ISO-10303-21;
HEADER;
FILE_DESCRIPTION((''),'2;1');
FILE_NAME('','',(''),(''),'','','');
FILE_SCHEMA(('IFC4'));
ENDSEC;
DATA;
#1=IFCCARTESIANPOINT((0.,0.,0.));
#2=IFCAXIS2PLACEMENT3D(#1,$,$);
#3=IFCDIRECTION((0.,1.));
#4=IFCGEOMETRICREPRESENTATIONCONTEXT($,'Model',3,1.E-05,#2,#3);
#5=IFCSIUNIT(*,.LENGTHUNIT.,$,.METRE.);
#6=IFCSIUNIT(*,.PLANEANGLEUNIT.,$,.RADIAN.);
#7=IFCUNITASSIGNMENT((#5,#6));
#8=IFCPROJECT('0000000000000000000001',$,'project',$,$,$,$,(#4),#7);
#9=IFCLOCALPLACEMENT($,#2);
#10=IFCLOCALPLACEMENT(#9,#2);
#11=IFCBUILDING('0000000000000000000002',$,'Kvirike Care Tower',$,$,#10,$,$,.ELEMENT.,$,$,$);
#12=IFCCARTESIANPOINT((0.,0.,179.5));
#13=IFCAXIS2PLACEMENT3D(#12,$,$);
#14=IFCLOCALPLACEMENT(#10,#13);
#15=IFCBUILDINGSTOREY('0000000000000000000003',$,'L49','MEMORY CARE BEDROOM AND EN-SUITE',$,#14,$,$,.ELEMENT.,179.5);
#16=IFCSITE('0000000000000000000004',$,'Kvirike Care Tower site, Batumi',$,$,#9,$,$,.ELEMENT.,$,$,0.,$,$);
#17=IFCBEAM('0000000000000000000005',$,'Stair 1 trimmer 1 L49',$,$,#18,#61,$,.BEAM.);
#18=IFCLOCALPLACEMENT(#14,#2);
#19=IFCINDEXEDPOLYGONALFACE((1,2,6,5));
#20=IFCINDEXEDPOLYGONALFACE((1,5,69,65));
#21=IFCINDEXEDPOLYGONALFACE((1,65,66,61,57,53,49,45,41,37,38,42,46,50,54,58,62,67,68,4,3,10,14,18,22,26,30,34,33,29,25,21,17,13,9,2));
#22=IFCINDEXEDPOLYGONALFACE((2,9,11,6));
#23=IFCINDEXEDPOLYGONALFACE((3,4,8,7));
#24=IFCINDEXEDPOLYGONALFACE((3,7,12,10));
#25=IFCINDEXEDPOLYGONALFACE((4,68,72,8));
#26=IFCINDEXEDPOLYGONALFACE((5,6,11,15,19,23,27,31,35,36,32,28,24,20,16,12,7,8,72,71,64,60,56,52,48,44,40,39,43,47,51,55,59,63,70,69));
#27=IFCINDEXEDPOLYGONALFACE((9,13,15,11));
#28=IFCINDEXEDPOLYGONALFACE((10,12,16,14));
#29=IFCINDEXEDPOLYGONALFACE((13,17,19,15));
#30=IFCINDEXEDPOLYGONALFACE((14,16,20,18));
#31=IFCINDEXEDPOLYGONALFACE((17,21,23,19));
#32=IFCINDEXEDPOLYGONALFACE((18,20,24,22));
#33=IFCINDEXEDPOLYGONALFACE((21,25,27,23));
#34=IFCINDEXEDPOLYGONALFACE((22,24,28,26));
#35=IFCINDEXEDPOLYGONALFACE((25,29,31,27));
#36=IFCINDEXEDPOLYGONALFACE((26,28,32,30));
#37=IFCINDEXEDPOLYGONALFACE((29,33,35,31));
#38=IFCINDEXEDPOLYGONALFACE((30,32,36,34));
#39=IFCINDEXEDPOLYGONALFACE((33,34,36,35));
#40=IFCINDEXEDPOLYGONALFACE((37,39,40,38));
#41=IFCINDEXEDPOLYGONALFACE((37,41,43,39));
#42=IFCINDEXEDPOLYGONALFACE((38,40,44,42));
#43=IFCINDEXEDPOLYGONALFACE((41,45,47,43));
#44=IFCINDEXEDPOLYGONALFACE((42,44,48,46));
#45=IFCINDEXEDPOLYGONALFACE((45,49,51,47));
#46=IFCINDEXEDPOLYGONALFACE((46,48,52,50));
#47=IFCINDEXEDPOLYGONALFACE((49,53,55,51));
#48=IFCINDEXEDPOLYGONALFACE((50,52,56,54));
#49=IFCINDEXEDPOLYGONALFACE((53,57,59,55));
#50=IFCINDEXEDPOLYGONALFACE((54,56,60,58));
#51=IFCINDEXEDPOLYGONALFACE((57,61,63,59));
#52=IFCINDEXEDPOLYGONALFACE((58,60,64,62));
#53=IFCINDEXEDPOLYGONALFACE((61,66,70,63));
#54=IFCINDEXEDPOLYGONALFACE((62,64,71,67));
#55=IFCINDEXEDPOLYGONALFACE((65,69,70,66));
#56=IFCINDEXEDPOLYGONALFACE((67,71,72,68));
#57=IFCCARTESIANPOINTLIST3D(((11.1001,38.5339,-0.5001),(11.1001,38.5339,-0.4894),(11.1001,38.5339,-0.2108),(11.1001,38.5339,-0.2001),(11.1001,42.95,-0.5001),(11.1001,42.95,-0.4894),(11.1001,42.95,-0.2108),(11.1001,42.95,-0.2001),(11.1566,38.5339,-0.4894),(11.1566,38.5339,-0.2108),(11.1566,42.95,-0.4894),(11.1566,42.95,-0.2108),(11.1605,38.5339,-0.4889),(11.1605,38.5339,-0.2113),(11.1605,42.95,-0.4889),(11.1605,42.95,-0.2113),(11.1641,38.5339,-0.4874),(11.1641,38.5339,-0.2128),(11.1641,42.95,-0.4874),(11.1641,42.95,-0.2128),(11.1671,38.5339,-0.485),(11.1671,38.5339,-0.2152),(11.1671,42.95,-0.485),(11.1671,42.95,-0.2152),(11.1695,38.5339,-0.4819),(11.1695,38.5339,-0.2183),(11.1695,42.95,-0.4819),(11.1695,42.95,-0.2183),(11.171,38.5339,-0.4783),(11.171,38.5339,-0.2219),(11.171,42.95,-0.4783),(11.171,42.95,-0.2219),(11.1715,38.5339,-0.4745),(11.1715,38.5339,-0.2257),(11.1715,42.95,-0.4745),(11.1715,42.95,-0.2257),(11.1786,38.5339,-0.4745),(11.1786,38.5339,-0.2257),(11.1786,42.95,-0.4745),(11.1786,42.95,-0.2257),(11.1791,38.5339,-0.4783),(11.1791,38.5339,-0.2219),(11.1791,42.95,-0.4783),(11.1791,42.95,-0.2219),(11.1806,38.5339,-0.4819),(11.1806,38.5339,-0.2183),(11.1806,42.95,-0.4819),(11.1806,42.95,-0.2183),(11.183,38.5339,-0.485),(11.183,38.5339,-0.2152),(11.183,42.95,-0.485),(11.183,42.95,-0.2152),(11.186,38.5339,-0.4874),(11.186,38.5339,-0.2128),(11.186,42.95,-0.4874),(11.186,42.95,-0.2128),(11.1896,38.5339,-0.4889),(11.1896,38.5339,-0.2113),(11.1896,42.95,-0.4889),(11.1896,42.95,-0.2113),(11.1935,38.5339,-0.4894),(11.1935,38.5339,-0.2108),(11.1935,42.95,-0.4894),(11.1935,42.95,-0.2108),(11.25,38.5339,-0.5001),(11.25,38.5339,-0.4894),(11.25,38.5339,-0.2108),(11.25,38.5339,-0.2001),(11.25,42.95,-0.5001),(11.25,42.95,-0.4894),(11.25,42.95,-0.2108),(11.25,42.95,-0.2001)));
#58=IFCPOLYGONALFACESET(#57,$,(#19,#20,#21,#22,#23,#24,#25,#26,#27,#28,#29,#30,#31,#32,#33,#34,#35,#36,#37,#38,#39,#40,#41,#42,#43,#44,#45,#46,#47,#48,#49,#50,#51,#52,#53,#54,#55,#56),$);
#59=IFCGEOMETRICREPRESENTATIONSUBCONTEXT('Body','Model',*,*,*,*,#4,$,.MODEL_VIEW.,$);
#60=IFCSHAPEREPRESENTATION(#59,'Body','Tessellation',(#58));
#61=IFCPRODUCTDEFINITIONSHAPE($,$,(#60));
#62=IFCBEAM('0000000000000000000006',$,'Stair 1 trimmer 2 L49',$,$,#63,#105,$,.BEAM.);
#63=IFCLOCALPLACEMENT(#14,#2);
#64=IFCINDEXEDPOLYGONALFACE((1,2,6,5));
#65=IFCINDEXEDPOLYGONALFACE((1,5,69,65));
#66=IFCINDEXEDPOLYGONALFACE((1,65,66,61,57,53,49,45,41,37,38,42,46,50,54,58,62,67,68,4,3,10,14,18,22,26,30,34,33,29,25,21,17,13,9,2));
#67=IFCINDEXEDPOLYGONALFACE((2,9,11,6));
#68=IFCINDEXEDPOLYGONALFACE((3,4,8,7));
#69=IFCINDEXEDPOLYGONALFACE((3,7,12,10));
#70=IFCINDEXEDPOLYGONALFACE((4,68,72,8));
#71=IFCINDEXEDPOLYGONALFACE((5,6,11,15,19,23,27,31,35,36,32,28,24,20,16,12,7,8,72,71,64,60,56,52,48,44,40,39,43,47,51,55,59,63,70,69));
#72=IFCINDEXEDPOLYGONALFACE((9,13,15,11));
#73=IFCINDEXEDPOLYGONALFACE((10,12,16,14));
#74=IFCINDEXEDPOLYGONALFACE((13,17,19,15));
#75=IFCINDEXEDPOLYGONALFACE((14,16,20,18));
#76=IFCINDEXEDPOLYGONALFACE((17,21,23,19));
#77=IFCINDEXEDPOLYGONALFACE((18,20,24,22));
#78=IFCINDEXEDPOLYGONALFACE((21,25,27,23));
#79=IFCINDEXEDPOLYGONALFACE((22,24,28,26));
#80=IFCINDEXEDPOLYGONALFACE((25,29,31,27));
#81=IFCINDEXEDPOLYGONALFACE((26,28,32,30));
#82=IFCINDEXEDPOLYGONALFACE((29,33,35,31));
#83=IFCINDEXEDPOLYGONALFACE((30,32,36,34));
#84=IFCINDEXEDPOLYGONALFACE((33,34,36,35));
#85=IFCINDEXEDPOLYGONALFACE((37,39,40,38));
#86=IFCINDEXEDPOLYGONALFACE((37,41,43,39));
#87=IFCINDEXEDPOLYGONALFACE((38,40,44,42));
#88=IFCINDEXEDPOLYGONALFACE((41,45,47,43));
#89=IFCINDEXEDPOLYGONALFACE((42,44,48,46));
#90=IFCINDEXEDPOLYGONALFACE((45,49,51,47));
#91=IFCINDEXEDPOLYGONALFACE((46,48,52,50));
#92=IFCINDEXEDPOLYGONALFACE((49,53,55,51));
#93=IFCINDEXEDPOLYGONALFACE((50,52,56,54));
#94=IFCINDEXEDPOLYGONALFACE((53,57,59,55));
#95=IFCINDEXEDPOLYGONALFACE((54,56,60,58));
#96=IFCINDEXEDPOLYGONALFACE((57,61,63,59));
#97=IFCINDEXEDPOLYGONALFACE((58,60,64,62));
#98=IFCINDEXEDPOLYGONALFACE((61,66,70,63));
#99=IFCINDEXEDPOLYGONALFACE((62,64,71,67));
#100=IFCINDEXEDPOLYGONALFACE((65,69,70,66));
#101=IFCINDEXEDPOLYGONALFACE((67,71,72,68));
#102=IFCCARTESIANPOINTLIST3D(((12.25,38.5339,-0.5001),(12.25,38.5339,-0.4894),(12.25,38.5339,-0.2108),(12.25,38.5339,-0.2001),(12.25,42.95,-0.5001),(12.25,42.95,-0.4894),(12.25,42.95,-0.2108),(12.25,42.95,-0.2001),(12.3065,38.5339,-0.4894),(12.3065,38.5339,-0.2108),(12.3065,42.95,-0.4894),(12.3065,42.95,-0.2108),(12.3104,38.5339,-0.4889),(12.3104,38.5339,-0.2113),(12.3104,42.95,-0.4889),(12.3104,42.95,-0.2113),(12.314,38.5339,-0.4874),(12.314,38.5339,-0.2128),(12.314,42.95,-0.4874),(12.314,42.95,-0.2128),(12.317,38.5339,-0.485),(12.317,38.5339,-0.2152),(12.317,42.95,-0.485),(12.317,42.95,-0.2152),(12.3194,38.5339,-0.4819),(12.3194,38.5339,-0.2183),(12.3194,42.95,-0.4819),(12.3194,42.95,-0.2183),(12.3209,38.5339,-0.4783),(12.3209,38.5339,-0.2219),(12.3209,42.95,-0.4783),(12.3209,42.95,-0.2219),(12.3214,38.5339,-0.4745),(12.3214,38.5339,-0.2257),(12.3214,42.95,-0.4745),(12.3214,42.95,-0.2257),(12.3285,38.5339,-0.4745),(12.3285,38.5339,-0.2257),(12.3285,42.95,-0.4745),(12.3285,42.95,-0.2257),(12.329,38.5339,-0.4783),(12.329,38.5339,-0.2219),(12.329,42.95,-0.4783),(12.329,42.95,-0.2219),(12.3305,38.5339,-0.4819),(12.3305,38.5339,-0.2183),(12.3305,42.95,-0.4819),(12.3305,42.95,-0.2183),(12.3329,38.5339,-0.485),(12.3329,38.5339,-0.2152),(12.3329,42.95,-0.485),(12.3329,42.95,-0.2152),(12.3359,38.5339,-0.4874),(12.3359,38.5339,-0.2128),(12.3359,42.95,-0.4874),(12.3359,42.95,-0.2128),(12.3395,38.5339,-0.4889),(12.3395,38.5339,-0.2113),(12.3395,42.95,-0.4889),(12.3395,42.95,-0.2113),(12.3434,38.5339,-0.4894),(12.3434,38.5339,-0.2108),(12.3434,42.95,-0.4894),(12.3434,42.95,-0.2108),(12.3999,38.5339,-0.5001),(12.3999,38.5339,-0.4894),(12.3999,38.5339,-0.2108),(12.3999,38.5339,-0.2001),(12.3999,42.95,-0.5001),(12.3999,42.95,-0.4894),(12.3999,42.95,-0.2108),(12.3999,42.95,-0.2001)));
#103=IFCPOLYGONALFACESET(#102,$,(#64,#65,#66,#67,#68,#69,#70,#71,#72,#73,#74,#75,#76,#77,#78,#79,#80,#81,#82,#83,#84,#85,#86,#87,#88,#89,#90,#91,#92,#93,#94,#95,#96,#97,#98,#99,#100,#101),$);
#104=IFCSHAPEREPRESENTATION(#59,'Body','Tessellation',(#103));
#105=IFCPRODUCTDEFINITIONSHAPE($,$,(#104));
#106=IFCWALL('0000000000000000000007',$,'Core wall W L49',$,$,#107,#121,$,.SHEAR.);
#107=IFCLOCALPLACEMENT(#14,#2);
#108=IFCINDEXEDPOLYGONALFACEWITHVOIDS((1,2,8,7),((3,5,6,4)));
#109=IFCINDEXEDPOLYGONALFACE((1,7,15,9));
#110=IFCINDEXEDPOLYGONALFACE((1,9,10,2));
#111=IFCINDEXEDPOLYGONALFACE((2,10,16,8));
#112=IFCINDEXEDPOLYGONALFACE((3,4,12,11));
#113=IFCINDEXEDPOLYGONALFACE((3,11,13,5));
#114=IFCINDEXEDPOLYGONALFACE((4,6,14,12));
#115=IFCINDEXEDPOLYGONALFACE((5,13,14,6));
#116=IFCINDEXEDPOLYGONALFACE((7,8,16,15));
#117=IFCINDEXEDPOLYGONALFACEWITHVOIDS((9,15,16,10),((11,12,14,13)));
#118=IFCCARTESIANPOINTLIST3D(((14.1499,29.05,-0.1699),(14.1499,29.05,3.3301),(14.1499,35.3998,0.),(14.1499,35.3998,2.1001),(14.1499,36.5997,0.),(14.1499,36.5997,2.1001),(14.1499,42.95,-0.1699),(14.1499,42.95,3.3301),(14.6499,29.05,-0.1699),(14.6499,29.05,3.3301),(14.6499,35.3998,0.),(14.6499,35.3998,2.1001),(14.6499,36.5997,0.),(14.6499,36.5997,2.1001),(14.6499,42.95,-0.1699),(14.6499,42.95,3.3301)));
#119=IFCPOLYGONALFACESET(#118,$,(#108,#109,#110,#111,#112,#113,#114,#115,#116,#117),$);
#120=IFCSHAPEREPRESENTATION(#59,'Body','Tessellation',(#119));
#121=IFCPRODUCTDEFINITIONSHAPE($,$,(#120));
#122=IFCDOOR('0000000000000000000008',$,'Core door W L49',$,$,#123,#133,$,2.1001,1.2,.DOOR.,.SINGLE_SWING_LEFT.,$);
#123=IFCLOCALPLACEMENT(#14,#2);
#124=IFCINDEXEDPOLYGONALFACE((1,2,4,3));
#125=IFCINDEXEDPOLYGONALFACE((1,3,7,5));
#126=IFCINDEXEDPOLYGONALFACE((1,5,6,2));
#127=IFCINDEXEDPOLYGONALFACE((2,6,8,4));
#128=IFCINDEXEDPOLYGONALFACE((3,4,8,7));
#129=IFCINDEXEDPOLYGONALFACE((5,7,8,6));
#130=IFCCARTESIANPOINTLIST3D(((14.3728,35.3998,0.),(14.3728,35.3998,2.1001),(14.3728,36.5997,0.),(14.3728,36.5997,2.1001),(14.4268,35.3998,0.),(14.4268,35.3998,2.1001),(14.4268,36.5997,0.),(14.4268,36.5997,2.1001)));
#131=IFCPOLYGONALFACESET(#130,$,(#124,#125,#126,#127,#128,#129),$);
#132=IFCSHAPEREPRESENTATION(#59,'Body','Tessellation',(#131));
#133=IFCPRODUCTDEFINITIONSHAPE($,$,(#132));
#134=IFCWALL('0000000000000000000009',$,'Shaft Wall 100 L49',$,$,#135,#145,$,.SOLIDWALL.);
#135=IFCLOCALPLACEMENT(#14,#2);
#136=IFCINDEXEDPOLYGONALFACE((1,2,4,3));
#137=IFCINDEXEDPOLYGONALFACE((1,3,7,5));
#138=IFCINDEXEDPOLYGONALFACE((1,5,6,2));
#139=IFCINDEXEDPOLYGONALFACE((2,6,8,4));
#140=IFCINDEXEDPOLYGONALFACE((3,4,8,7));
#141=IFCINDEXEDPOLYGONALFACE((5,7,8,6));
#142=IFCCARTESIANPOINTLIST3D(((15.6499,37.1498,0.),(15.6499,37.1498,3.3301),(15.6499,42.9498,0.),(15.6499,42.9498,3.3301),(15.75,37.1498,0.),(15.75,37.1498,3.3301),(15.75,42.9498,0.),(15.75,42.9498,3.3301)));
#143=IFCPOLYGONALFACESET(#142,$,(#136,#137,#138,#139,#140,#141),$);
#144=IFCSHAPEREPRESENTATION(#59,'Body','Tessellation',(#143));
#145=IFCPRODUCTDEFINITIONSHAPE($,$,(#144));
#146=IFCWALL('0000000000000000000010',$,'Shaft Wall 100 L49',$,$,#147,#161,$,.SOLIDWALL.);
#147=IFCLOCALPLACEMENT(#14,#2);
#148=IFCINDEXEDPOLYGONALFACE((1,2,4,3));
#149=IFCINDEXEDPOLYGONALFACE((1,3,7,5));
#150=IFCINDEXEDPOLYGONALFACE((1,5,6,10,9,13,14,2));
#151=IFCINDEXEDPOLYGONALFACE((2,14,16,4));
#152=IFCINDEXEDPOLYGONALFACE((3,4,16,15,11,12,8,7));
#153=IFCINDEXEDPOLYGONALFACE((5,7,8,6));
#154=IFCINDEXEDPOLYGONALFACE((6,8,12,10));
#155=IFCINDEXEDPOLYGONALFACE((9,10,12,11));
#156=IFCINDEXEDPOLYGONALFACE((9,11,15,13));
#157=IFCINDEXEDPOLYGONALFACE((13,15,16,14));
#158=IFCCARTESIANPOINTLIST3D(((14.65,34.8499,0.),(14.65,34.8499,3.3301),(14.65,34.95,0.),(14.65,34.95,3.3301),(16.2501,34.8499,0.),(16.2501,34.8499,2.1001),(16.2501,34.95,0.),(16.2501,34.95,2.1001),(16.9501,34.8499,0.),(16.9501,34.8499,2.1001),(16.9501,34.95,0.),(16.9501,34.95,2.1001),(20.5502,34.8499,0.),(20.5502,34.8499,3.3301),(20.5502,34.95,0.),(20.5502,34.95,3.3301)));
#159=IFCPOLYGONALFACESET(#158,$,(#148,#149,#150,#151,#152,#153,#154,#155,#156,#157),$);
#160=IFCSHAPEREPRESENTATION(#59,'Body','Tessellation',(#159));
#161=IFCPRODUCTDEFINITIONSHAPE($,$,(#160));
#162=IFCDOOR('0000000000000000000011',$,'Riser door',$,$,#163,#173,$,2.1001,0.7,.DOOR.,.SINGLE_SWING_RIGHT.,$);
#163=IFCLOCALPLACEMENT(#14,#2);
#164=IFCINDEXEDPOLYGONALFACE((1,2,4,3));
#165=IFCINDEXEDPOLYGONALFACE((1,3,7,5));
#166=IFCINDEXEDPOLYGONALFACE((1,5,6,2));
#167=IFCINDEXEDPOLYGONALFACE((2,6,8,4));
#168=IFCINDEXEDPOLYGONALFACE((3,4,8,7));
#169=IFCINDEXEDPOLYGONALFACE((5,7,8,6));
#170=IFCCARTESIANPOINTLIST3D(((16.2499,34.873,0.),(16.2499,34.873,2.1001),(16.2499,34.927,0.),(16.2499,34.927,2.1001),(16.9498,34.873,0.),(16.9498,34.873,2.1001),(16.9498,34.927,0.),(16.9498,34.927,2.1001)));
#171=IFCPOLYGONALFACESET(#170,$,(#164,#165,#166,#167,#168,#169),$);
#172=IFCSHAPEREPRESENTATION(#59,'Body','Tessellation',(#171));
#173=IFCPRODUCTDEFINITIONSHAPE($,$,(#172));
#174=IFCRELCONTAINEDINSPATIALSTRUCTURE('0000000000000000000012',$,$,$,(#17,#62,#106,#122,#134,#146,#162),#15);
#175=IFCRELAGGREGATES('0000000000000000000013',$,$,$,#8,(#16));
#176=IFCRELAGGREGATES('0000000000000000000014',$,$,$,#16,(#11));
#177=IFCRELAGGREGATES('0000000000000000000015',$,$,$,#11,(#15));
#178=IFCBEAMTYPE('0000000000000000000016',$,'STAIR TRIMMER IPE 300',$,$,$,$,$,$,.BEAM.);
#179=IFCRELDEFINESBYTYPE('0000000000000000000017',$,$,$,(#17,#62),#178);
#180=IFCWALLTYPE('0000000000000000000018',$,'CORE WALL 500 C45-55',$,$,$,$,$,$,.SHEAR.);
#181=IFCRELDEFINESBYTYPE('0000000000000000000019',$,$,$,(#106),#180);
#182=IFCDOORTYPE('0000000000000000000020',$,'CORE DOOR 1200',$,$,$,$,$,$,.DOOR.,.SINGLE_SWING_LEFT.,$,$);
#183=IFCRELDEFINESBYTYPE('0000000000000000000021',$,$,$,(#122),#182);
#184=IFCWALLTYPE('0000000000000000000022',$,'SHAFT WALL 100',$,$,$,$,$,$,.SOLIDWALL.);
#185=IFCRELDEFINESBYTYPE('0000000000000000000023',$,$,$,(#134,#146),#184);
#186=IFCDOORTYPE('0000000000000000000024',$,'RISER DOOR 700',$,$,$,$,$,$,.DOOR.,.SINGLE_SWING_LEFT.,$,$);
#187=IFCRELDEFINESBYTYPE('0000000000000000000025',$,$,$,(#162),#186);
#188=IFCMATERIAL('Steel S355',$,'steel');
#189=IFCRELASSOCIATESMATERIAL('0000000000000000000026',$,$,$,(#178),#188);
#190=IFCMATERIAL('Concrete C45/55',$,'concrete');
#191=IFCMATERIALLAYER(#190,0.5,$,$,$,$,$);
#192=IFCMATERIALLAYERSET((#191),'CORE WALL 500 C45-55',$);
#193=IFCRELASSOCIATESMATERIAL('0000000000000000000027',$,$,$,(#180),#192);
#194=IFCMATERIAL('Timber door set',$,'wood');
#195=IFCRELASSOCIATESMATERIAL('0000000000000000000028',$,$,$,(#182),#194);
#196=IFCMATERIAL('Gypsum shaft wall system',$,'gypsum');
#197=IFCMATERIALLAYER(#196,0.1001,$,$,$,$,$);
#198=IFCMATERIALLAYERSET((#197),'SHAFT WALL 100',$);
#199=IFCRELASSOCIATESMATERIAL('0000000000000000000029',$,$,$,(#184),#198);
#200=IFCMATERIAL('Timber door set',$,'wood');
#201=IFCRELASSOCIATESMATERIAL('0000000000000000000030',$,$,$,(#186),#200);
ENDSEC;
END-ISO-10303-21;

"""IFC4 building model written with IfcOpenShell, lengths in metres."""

from ifc_helpers import new_model, si_unit, direction, frame, frame_2d, origin, origin_2d, place, context, subcontext, project, spatial, rectangle, i_section, extrude, material, layer, layer_set, material_profile, profile_set, type_object, element, fill, save


model = new_model("IFC4")

# Units and contexts
model_context = context("Model", 3, precision=1e-05, world=origin(), true_north=direction((0.0, 1.0)))
body_context = subcontext(model_context, "Body", "Model", "MODEL_VIEW")
ifc_project = project(units=[si_unit("LENGTHUNIT", "METRE"), si_unit("PLANEANGLEUNIT", "RADIAN")], contexts=[model_context])

# Site, building, storey
site_placement = place(None, origin())
site = spatial("IfcSite", under=ifc_project, at=site_placement, Name="Kvirike Care Tower site, Batumi", CompositionType="ELEMENT", RefElevation=0.0)
building_placement = place(site_placement, origin())
building = spatial("IfcBuilding", under=site, at=building_placement, Name="Kvirike Care Tower", CompositionType="ELEMENT")
storey_placement = place(building_placement, frame((0.0, 0.0, 179.5)))
storey = spatial("IfcBuildingStorey", under=building, at=storey_placement, Name="L49", Description="MEMORY CARE BEDROOM AND EN-SUITE", CompositionType="ELEMENT", Elevation=179.5)

# Beams
ifc_material_1 = material(Name="Steel S355", Category="steel")
ifc_material_profile_1 = material_profile(ifc_material_1, i_section(OverallWidth=0.1499, OverallDepth=0.3, WebThickness=0.0071, FlangeThickness=0.0107, FilletRadius=0.0149, at=origin_2d()), Name="IPE 300")
ifc_profile_set_1 = profile_set([ifc_material_profile_1], Name="Steel S355")
beam_type_1 = type_object("IfcBeamType", Name="STAIR TRIMMER IPE 300", PredefinedType="BEAM", material=ifc_profile_set_1)
for number, where, z_axis, x_axis, name in (
    (1, (11.175, 42.95, -0.3501), (0.0, -1.0, 0.0), (1.0, 0.0, 0.0), "Stair 1 trimmer 1 L49"),
    (2, (12.325, 42.95, -0.3501), (0.0, -1.0, 0.0), (1.0, 0.0, 0.0), "Stair 1 trimmer 2 L49"),
):
    element("IfcBeam", number, at=place(storey_placement, frame(where, z_axis=z_axis, x_axis=x_axis)), inside=storey, type_object=beam_type_1, Name=name, PredefinedType="BEAM", context=body_context, shape_type="SweptSolid", body=[
        extrude(i_section(OverallWidth=0.1499, OverallDepth=0.3, WebThickness=0.0071, FlangeThickness=0.0107, FilletRadius=0.0149, at=origin_2d()), origin(), (0.0, 0.0, 1.0), 4.416),
    ])

# Wall, opening, door
ifc_material_2 = material(Name="Concrete C45/55", Category="concrete")
ifc_layer_1 = layer(ifc_material_2, 0.5)
ifc_layer_set_1 = layer_set([ifc_layer_1], Name="CORE WALL 500 C45-55")
wall_type_1 = type_object("IfcWallType", Name="CORE WALL 500 C45-55", PredefinedType="SHEAR", material=ifc_layer_set_1)
wall_1_placement = place(storey_placement, frame((14.3999, 42.95, -0.1699), z_axis=(0.0, 0.0, 1.0), x_axis=(0.0, -1.0, 0.0)))
wall_1 = element("IfcWall", 3, at=wall_1_placement, inside=storey, type_object=wall_type_1, Name="Core wall W L49", PredefinedType="SHEAR", context=body_context, shape_type="SweptSolid", body=[
    extrude(rectangle(XDim=13.8999, YDim=0.5, at=frame_2d((6.95, 0.0))), origin(), (0.0, 0.0, 1.0), 3.5),
])
opening_1_placement = place(wall_1_placement, frame((6.3501, 0.0, 0.1699)))
opening_1 = element("IfcOpeningElement", 4, at=opening_1_placement, cuts=wall_1, PredefinedType="OPENING", context=body_context, shape_type="SweptSolid", body=[
    extrude(rectangle(XDim=1.2, YDim=2.1001, at=frame_2d((0.6001, 1.05))), frame((0.0, 0.2605, 0.0), z_axis=(0.0, -1.0, 0.0), x_axis=(1.0, 0.0, 0.0)), (0.0, 0.0, 1.0), 0.521),
])
ifc_material_3 = material(Name="Timber door set", Category="wood")
door_type_1 = type_object("IfcDoorType", Name="CORE DOOR 1200", OperationType="SINGLE_SWING_LEFT", PredefinedType="DOOR", material=ifc_material_3)
door_1_placement = place(opening_1_placement, origin())
door_1 = element("IfcDoor", 5, at=door_1_placement, inside=storey, type_object=door_type_1, Name="Core door W L49", OperationType="SINGLE_SWING_LEFT", OverallHeight=2.1001, OverallWidth=1.2, PredefinedType="DOOR", context=body_context, shape_type="SweptSolid", body=[
    extrude(rectangle(XDim=1.2, YDim=2.1001, at=frame_2d((0.6001, 1.05))), frame((0.0, 0.0269, 0.0), z_axis=(0.0, -1.0, 0.0), x_axis=(1.0, 0.0, 0.0)), (0.0, 0.0, 1.0), 0.054),
])
fill(opening_1, door_1)

# Wall
ifc_material_4 = material(Name="Gypsum shaft wall system", Category="gypsum")
ifc_layer_2 = layer(ifc_material_4, 0.1001)
ifc_layer_set_2 = layer_set([ifc_layer_2], Name="SHAFT WALL 100")
wall_type_2 = type_object("IfcWallType", Name="SHAFT WALL 100", PredefinedType="SOLIDWALL", material=ifc_layer_set_2)
wall_2_placement = place(storey_placement, frame((15.7, 37.1499, 0.0), z_axis=(0.0, 0.0, 1.0), x_axis=(0.0, 1.0, 0.0)))
element("IfcWall", 6, at=wall_2_placement, inside=storey, type_object=wall_type_2, Name="Shaft Wall 100 L49", PredefinedType="SOLIDWALL", context=body_context, shape_type="SweptSolid", body=[
    extrude(rectangle(XDim=5.8, YDim=0.1001, at=frame_2d((2.8999, 0.0))), origin(), (0.0, 0.0, 1.0), 3.3301),
])

# Wall, opening, door
wall_3_placement = place(storey_placement, frame((14.6499, 34.8999, 0.0), z_axis=(0.0, 0.0, 1.0), x_axis=(1.0, 0.0, 0.0)))
wall_3 = element("IfcWall", 7, at=wall_3_placement, inside=storey, type_object=wall_type_2, Name="Shaft Wall 100 L49", PredefinedType="SOLIDWALL", context=body_context, shape_type="SweptSolid", body=[
    extrude(rectangle(XDim=5.9001, YDim=0.1001, at=frame_2d((2.9502, 0.0))), origin(), (0.0, 0.0, 1.0), 3.3301),
])
opening_2_placement = place(wall_3_placement, frame((1.6001, 0.0, 0.0)))
opening_2 = element("IfcOpeningElement", 8, at=opening_2_placement, cuts=wall_3, PredefinedType="OPENING", context=body_context, shape_type="SweptSolid", body=[
    extrude(rectangle(XDim=0.7, YDim=2.1001, at=frame_2d((0.3501, 1.05))), frame((0.0, 0.0605, 0.0), z_axis=(0.0, -1.0, 0.0), x_axis=(1.0, 0.0, 0.0)), (0.0, 0.0, 1.0), 0.1211),
])
ifc_material_5 = material(Name="Timber door set", Category="wood")
door_type_2 = type_object("IfcDoorType", Name="RISER DOOR 700", OperationType="SINGLE_SWING_LEFT", PredefinedType="DOOR", material=ifc_material_5)
door_2_placement = place(opening_2_placement, frame((0.7, 0.0, 0.0), z_axis=(0.0, 0.0, 1.0), x_axis=(-1.0, 0.0, 0.0)))
door_2 = element("IfcDoor", 9, at=door_2_placement, inside=storey, type_object=door_type_2, Name="Riser door", OperationType="SINGLE_SWING_RIGHT", OverallHeight=2.1001, OverallWidth=0.7, PredefinedType="DOOR", context=body_context, shape_type="SweptSolid", body=[
    extrude(rectangle(XDim=0.7, YDim=2.1001, at=frame_2d((0.3501, 1.05))), frame((0.0, 0.0269, 0.0), z_axis=(0.0, -1.0, 0.0), x_axis=(1.0, 0.0, 0.0)), (0.0, 0.0, 1.0), 0.054),
])
fill(opening_2, door_2)

save(model, "model.ifc")
